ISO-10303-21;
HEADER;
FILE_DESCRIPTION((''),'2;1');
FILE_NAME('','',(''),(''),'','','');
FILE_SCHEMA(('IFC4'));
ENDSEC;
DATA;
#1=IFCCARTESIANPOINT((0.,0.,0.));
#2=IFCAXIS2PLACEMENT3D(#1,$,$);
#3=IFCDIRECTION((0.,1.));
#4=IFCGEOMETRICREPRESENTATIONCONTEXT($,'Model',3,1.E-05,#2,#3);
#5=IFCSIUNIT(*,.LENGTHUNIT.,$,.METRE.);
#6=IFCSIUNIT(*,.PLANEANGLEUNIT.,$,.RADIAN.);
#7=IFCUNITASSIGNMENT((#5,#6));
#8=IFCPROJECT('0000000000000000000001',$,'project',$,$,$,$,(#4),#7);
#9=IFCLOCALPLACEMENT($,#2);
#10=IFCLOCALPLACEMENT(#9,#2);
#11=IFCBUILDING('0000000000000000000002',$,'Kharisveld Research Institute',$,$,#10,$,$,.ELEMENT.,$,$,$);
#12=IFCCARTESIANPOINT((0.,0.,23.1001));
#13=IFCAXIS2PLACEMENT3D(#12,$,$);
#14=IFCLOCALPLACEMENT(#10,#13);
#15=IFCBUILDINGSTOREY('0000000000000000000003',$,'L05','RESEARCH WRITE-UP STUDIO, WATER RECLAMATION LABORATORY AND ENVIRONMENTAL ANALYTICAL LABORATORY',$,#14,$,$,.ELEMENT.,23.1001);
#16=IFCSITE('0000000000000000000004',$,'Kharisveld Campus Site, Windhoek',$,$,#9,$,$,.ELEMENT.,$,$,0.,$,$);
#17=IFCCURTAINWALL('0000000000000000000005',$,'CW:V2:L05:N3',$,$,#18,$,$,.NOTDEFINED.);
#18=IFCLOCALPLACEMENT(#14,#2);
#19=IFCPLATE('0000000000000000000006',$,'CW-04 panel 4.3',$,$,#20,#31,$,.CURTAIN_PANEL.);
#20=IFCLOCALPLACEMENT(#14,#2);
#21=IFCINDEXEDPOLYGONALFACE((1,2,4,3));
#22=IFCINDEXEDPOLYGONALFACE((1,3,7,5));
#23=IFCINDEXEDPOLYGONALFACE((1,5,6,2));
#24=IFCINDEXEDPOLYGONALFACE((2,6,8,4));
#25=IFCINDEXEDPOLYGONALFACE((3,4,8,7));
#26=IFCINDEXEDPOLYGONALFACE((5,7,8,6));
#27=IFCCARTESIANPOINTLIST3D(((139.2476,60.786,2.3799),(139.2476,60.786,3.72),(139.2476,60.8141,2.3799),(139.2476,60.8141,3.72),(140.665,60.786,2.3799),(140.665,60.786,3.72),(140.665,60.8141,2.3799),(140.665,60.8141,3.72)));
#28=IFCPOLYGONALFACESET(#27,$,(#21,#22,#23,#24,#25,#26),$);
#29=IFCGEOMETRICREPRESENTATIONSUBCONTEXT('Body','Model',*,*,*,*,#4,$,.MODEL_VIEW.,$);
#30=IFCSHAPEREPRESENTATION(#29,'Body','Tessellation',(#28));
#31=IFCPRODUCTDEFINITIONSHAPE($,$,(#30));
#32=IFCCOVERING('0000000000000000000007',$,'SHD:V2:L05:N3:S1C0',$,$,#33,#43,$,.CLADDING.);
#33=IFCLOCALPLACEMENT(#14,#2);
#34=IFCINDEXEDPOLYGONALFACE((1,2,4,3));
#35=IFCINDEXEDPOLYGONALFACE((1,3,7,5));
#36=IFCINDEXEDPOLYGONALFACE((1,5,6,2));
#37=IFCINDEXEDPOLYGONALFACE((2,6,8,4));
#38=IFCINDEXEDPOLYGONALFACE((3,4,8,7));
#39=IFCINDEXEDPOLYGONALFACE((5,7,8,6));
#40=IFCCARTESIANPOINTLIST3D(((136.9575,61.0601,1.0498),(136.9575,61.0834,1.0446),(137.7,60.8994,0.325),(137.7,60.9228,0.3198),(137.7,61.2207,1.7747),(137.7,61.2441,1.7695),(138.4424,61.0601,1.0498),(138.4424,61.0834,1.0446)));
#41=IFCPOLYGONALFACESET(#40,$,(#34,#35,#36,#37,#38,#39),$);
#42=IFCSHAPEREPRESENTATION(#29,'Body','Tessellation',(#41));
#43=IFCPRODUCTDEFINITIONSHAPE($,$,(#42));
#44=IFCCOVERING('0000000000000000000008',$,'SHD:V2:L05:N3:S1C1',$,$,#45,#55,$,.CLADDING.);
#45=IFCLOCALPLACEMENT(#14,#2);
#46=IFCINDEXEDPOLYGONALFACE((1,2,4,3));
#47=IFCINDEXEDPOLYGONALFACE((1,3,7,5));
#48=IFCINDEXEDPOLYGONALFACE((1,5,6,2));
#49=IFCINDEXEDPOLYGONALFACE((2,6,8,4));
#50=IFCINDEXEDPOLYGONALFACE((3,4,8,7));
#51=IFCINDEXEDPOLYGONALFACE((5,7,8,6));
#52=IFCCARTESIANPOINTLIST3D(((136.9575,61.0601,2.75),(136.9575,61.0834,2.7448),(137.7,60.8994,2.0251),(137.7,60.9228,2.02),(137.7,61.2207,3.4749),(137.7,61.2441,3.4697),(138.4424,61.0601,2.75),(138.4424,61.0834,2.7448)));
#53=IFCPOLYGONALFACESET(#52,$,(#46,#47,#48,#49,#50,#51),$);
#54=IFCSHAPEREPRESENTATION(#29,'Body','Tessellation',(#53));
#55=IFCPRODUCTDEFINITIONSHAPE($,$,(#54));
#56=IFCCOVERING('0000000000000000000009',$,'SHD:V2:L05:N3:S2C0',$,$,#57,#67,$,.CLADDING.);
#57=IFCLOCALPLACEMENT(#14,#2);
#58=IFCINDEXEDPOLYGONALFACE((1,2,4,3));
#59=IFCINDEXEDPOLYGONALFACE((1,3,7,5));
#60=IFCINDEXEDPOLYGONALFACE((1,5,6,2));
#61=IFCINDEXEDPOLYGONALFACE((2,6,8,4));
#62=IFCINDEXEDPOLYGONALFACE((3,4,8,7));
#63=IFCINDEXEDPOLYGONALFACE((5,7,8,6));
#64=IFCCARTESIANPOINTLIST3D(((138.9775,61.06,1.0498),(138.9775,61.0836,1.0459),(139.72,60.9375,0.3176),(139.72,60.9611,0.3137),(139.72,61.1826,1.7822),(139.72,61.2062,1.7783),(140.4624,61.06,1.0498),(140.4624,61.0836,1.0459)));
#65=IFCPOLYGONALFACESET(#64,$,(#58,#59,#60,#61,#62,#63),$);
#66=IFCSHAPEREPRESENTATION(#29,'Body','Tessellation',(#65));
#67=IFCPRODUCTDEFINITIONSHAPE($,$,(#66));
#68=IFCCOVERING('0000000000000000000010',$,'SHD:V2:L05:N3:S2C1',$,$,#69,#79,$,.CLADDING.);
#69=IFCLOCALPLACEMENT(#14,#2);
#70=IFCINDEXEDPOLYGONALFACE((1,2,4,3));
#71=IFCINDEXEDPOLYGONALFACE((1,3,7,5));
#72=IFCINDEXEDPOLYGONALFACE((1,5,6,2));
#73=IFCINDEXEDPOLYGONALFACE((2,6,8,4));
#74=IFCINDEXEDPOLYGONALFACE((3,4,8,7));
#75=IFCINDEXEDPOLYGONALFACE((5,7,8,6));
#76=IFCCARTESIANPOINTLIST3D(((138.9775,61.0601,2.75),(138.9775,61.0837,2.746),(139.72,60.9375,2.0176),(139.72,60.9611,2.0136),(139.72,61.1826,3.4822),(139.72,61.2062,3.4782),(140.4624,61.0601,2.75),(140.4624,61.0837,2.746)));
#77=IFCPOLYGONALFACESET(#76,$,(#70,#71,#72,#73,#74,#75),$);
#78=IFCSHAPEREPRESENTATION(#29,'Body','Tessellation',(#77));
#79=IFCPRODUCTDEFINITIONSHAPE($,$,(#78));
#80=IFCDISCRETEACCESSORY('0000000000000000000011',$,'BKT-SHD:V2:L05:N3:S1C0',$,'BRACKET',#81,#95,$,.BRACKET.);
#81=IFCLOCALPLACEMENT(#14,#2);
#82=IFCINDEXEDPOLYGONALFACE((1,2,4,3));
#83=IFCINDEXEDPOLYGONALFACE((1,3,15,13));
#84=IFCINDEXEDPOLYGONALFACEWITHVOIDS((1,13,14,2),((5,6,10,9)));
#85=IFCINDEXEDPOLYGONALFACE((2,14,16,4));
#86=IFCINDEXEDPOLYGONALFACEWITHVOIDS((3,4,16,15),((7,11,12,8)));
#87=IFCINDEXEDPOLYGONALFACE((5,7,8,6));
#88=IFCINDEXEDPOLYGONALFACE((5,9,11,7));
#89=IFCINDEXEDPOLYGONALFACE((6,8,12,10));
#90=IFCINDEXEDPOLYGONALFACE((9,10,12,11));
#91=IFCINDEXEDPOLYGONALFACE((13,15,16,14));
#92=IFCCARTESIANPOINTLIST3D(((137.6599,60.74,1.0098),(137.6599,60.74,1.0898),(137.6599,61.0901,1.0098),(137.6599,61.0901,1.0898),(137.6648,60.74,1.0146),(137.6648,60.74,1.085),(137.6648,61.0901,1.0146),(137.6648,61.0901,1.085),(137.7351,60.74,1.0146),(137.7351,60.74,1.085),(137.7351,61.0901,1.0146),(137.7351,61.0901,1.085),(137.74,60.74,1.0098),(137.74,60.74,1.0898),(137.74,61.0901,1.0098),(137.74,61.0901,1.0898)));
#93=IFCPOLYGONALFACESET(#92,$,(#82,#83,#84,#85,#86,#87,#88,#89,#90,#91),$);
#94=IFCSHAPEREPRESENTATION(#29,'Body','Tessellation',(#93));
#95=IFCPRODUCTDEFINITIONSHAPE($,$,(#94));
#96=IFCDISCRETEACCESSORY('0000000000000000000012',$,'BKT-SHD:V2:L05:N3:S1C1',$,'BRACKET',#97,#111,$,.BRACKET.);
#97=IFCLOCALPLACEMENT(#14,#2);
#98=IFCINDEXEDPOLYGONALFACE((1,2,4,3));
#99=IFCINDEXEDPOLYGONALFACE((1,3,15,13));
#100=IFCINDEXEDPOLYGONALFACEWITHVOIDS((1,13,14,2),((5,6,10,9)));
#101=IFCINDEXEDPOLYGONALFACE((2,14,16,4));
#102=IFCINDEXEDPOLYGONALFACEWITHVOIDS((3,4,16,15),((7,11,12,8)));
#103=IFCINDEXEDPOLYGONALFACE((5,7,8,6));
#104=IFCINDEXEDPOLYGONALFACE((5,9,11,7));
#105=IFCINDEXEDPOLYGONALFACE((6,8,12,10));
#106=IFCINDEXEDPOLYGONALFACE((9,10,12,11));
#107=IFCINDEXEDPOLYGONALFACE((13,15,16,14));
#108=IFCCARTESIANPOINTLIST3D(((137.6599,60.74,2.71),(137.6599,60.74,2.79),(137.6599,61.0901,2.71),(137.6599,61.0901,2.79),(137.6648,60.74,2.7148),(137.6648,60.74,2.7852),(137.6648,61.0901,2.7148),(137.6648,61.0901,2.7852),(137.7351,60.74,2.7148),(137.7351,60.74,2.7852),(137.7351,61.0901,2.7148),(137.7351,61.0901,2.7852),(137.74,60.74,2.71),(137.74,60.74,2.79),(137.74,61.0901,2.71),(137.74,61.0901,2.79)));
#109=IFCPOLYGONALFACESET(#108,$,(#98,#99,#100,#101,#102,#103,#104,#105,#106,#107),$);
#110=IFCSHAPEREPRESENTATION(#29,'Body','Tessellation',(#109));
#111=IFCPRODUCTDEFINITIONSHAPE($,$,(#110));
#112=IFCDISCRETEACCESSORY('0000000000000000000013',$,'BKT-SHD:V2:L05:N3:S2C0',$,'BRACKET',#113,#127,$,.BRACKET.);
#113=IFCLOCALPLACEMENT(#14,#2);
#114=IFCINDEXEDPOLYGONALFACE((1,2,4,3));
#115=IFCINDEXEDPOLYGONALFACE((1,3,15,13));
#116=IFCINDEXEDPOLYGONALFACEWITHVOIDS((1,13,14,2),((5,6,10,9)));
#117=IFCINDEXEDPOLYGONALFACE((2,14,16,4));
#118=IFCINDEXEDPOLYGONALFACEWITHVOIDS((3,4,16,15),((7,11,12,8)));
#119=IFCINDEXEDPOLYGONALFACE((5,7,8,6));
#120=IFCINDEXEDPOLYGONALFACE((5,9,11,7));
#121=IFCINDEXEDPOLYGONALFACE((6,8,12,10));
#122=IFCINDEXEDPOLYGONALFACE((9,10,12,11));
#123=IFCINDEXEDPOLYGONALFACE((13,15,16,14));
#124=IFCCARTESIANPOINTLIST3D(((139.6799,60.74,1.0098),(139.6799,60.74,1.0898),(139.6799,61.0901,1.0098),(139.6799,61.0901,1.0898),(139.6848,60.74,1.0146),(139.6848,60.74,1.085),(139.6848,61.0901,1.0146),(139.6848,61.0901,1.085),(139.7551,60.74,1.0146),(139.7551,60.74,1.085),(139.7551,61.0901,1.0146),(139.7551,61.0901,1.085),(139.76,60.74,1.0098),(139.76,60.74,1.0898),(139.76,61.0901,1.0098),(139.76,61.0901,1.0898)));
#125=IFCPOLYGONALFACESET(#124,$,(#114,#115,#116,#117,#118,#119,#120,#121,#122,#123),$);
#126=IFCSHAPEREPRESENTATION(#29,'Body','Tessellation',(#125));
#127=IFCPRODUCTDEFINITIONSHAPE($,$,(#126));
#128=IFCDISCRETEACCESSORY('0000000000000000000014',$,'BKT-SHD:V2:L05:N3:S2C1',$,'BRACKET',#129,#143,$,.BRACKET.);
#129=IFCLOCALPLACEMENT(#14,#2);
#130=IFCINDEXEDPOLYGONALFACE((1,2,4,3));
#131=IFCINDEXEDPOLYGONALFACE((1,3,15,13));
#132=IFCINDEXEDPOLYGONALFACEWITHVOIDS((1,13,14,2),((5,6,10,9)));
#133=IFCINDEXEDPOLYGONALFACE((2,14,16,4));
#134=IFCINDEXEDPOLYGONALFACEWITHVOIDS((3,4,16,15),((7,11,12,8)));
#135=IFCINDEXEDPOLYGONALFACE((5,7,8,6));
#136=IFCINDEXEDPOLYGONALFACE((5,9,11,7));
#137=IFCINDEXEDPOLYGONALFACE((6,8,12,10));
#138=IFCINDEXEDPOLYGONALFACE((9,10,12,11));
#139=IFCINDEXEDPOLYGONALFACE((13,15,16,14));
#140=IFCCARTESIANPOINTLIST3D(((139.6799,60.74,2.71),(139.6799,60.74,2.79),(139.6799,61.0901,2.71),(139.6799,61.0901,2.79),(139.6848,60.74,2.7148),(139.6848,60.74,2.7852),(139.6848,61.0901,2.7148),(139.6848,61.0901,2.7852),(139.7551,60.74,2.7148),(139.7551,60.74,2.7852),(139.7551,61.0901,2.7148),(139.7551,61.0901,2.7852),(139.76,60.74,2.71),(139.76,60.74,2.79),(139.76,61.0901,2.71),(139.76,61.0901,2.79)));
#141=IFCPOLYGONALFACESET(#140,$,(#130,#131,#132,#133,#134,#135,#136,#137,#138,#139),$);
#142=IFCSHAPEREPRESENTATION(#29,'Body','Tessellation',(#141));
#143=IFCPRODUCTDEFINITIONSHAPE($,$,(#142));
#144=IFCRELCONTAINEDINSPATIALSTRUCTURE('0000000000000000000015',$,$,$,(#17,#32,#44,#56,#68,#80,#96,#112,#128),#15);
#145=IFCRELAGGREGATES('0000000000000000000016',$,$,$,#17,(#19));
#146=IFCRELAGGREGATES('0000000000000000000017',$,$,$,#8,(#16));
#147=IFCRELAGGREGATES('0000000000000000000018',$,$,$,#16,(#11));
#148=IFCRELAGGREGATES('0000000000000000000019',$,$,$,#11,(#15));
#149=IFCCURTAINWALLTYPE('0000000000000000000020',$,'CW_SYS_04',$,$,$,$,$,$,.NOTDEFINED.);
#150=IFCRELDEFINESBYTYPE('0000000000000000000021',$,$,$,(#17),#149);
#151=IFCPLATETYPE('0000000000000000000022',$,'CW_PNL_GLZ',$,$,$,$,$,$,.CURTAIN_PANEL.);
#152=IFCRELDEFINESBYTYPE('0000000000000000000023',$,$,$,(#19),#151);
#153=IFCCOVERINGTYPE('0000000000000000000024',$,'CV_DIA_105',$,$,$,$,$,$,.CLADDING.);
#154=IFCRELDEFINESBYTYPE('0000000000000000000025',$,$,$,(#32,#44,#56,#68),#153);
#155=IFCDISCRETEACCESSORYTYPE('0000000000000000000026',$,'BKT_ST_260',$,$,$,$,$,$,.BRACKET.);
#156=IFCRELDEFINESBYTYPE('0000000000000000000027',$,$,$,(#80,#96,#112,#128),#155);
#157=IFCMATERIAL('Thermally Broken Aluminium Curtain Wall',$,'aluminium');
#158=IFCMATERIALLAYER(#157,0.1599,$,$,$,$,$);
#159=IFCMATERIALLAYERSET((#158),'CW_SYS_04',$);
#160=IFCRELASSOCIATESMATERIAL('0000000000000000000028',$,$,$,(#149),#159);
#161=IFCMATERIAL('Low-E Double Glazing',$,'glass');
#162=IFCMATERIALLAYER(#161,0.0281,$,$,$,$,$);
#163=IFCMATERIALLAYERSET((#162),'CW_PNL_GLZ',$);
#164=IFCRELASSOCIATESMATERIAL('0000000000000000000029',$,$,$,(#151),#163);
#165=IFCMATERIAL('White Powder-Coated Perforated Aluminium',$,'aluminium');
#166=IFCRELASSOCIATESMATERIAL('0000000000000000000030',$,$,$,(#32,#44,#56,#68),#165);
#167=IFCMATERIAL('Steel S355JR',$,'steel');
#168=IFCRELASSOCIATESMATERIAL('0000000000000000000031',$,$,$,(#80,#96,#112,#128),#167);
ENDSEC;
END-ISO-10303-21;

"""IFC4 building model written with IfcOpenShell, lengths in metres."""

from ifc_helpers import new_model, si_unit, direction, frame, origin, origin_2d, place, context, subcontext, project, spatial, polyline, rectangle, hollow_rectangle, outline, extrude, material, layer, layer_set, type_object, element, aggregate, save


model = new_model("IFC4")

# Units and contexts
model_context = context("Model", 3, precision=1e-05, world=origin(), true_north=direction((0.0, 1.0)))
body_context = subcontext(model_context, "Body", "Model", "MODEL_VIEW")
ifc_project = project(units=[si_unit("LENGTHUNIT", "METRE"), si_unit("PLANEANGLEUNIT", "RADIAN")], contexts=[model_context])

# Site, building, storey
site_placement = place(None, origin())
site = spatial("IfcSite", under=ifc_project, at=site_placement, Name="Kharisveld Campus Site, Windhoek", CompositionType="ELEMENT", RefElevation=0.0)
building_placement = place(site_placement, origin())
building = spatial("IfcBuilding", under=site, at=building_placement, Name="Kharisveld Research Institute", CompositionType="ELEMENT")
storey_placement = place(building_placement, frame((0.0, 0.0, 23.1001)))
storey = spatial("IfcBuildingStorey", under=building, at=storey_placement, Name="L05", Description="RESEARCH WRITE-UP STUDIO, WATER RECLAMATION LABORATORY AND ENVIRONMENTAL ANALYTICAL LABORATORY", CompositionType="ELEMENT", Elevation=23.1001)

# Curtain wall, plate
ifc_material_1 = material(Name="Thermally Broken Aluminium Curtain Wall", Category="aluminium")
ifc_layer_1 = layer(ifc_material_1, 0.1599)
ifc_layer_set_1 = layer_set([ifc_layer_1], Name="CW_SYS_04")
curtain_wall_type = type_object("IfcCurtainWallType", Name="CW_SYS_04", PredefinedType="NOTDEFINED", material=ifc_layer_set_1)
curtain_wall_placement = place(storey_placement, origin())
curtain_wall = element("IfcCurtainWall", 1, at=curtain_wall_placement, inside=storey, type_object=curtain_wall_type, Name="CW:V2:L05:N3", PredefinedType="NOTDEFINED")
ifc_material_2 = material(Name="Low-E Double Glazing", Category="glass")
ifc_layer_2 = layer(ifc_material_2, 0.0281)
ifc_layer_set_2 = layer_set([ifc_layer_2], Name="CW_PNL_GLZ")
plate_type = type_object("IfcPlateType", Name="CW_PNL_GLZ", PredefinedType="CURTAIN_PANEL", material=ifc_layer_set_2)
plate_1_placement = place(storey_placement, frame((139.9563, 60.8, 2.3799), z_axis=(0.0, 0.0, 1.0), x_axis=(1.0, 0.0, 0.0)))
plate_1 = element("IfcPlate", 2, at=plate_1_placement, type_object=plate_type, Name="CW-04 panel 4.3", PredefinedType="CURTAIN_PANEL", context=body_context, shape_type="SweptSolid", body=[
    extrude(rectangle(XDim=1.4175, YDim=0.0281, at=origin_2d()), origin(), (0.0, 0.0, 1.0), 1.3401),
])
aggregate(curtain_wall, [plate_1])

# Coverings
ifc_material_3 = material(Name="White Powder-Coated Perforated Aluminium", Category="aluminium")
covering_type = type_object("IfcCoveringType", Name="CV_DIA_105", PredefinedType="CLADDING")
for number, where, z_axis, x_axis, name in (
    (3, (137.7, 60.8994, 0.325), (0.0, -0.976311, 0.216373), (0.707102, 0.153, 0.69036), "SHD:V2:L05:N3:S1C0"),
    (4, (137.7, 60.8994, 2.0251), (0.0, -0.976311, 0.216373), (0.707102, 0.153, 0.69036), "SHD:V2:L05:N3:S1C1"),
):
    element("IfcCovering", number, at=place(storey_placement, frame(where, z_axis=z_axis, x_axis=x_axis)), inside=storey, type_object=covering_type, material=ifc_material_3, Name=name, PredefinedType="CLADDING", context=body_context, shape_type="SweptSolid", body=[
        extrude(outline(polyline([(0.0, 0.0), (1.05, 0.0), (1.05, 1.05), (0.0, 1.05), (0.0, 0.0)])), origin(), (0.0, 0.0, -1.0), 0.0239),
    ])
covering_1_placement = place(storey_placement, frame((139.72, 60.9375, 0.3176), z_axis=(0.0, -0.986283, 0.165065), x_axis=(0.707139, 0.116714, 0.697376)))
element("IfcCovering", 5, at=covering_1_placement, inside=storey, type_object=covering_type, material=ifc_material_3, Name="SHD:V2:L05:N3:S2C0", PredefinedType="CLADDING", context=body_context, shape_type="SweptSolid", body=[
    extrude(outline(polyline([(0.0, 0.0), (1.0499, 0.0), (1.05, 1.0501), (-0.0001, 1.0499), (0.0, 0.0)])), origin(), (0.0, 0.0, -1.0), 0.0239),
])
covering_2_placement = place(storey_placement, frame((139.72, 60.9375, 2.0176), z_axis=(0.0, -0.986283, 0.165065), x_axis=(0.707024, 0.116733, 0.697489)))
element("IfcCovering", 6, at=covering_2_placement, inside=storey, type_object=covering_type, material=ifc_material_3, Name="SHD:V2:L05:N3:S2C1", PredefinedType="CLADDING", context=body_context, shape_type="SweptSolid", body=[
    extrude(outline(polyline([(0.0, 0.0), (1.0501, 0.0), (1.0502, 1.0499), (0.0002, 1.0501), (0.0, 0.0)])), origin(), (0.0, 0.0, -1.0), 0.0239),
])

# Discrete accessories
ifc_material_4 = material(Name="Steel S355JR", Category="steel")
discrete_accessory_type = type_object("IfcDiscreteAccessoryType", Name="BKT_ST_260", PredefinedType="BRACKET")
for number, where, z_axis, x_axis, name in (
    (7, (137.7, 60.74, 1.0498), (0.0, 1.0, 0.0), (-1.0, 0.0, 0.0), "BKT-SHD:V2:L05:N3:S1C0"),
    (8, (137.7, 60.74, 2.75), (0.0, 1.0, 0.0), (-1.0, 0.0, 0.0), "BKT-SHD:V2:L05:N3:S1C1"),
    (9, (139.72, 60.74, 1.0498), (0.0, 1.0, 0.0), (-1.0, 0.0, 0.0), "BKT-SHD:V2:L05:N3:S2C0"),
    (10, (139.72, 60.74, 2.75), (0.0, 1.0, 0.0), (-1.0, 0.0, 0.0), "BKT-SHD:V2:L05:N3:S2C1"),
):
    element("IfcDiscreteAccessory", number, at=place(storey_placement, frame(where, z_axis=z_axis, x_axis=x_axis)), inside=storey, type_object=discrete_accessory_type, material=ifc_material_4, Name=name, ObjectType="BRACKET", PredefinedType="BRACKET", context=body_context, shape_type="SweptSolid", body=[
        extrude(hollow_rectangle(XDim=0.0801, YDim=0.0801, WallThickness=0.0049, at=origin_2d()), origin(), (0.0, 0.0, 1.0), 0.3501),
    ])

save(model, "model.ifc")
